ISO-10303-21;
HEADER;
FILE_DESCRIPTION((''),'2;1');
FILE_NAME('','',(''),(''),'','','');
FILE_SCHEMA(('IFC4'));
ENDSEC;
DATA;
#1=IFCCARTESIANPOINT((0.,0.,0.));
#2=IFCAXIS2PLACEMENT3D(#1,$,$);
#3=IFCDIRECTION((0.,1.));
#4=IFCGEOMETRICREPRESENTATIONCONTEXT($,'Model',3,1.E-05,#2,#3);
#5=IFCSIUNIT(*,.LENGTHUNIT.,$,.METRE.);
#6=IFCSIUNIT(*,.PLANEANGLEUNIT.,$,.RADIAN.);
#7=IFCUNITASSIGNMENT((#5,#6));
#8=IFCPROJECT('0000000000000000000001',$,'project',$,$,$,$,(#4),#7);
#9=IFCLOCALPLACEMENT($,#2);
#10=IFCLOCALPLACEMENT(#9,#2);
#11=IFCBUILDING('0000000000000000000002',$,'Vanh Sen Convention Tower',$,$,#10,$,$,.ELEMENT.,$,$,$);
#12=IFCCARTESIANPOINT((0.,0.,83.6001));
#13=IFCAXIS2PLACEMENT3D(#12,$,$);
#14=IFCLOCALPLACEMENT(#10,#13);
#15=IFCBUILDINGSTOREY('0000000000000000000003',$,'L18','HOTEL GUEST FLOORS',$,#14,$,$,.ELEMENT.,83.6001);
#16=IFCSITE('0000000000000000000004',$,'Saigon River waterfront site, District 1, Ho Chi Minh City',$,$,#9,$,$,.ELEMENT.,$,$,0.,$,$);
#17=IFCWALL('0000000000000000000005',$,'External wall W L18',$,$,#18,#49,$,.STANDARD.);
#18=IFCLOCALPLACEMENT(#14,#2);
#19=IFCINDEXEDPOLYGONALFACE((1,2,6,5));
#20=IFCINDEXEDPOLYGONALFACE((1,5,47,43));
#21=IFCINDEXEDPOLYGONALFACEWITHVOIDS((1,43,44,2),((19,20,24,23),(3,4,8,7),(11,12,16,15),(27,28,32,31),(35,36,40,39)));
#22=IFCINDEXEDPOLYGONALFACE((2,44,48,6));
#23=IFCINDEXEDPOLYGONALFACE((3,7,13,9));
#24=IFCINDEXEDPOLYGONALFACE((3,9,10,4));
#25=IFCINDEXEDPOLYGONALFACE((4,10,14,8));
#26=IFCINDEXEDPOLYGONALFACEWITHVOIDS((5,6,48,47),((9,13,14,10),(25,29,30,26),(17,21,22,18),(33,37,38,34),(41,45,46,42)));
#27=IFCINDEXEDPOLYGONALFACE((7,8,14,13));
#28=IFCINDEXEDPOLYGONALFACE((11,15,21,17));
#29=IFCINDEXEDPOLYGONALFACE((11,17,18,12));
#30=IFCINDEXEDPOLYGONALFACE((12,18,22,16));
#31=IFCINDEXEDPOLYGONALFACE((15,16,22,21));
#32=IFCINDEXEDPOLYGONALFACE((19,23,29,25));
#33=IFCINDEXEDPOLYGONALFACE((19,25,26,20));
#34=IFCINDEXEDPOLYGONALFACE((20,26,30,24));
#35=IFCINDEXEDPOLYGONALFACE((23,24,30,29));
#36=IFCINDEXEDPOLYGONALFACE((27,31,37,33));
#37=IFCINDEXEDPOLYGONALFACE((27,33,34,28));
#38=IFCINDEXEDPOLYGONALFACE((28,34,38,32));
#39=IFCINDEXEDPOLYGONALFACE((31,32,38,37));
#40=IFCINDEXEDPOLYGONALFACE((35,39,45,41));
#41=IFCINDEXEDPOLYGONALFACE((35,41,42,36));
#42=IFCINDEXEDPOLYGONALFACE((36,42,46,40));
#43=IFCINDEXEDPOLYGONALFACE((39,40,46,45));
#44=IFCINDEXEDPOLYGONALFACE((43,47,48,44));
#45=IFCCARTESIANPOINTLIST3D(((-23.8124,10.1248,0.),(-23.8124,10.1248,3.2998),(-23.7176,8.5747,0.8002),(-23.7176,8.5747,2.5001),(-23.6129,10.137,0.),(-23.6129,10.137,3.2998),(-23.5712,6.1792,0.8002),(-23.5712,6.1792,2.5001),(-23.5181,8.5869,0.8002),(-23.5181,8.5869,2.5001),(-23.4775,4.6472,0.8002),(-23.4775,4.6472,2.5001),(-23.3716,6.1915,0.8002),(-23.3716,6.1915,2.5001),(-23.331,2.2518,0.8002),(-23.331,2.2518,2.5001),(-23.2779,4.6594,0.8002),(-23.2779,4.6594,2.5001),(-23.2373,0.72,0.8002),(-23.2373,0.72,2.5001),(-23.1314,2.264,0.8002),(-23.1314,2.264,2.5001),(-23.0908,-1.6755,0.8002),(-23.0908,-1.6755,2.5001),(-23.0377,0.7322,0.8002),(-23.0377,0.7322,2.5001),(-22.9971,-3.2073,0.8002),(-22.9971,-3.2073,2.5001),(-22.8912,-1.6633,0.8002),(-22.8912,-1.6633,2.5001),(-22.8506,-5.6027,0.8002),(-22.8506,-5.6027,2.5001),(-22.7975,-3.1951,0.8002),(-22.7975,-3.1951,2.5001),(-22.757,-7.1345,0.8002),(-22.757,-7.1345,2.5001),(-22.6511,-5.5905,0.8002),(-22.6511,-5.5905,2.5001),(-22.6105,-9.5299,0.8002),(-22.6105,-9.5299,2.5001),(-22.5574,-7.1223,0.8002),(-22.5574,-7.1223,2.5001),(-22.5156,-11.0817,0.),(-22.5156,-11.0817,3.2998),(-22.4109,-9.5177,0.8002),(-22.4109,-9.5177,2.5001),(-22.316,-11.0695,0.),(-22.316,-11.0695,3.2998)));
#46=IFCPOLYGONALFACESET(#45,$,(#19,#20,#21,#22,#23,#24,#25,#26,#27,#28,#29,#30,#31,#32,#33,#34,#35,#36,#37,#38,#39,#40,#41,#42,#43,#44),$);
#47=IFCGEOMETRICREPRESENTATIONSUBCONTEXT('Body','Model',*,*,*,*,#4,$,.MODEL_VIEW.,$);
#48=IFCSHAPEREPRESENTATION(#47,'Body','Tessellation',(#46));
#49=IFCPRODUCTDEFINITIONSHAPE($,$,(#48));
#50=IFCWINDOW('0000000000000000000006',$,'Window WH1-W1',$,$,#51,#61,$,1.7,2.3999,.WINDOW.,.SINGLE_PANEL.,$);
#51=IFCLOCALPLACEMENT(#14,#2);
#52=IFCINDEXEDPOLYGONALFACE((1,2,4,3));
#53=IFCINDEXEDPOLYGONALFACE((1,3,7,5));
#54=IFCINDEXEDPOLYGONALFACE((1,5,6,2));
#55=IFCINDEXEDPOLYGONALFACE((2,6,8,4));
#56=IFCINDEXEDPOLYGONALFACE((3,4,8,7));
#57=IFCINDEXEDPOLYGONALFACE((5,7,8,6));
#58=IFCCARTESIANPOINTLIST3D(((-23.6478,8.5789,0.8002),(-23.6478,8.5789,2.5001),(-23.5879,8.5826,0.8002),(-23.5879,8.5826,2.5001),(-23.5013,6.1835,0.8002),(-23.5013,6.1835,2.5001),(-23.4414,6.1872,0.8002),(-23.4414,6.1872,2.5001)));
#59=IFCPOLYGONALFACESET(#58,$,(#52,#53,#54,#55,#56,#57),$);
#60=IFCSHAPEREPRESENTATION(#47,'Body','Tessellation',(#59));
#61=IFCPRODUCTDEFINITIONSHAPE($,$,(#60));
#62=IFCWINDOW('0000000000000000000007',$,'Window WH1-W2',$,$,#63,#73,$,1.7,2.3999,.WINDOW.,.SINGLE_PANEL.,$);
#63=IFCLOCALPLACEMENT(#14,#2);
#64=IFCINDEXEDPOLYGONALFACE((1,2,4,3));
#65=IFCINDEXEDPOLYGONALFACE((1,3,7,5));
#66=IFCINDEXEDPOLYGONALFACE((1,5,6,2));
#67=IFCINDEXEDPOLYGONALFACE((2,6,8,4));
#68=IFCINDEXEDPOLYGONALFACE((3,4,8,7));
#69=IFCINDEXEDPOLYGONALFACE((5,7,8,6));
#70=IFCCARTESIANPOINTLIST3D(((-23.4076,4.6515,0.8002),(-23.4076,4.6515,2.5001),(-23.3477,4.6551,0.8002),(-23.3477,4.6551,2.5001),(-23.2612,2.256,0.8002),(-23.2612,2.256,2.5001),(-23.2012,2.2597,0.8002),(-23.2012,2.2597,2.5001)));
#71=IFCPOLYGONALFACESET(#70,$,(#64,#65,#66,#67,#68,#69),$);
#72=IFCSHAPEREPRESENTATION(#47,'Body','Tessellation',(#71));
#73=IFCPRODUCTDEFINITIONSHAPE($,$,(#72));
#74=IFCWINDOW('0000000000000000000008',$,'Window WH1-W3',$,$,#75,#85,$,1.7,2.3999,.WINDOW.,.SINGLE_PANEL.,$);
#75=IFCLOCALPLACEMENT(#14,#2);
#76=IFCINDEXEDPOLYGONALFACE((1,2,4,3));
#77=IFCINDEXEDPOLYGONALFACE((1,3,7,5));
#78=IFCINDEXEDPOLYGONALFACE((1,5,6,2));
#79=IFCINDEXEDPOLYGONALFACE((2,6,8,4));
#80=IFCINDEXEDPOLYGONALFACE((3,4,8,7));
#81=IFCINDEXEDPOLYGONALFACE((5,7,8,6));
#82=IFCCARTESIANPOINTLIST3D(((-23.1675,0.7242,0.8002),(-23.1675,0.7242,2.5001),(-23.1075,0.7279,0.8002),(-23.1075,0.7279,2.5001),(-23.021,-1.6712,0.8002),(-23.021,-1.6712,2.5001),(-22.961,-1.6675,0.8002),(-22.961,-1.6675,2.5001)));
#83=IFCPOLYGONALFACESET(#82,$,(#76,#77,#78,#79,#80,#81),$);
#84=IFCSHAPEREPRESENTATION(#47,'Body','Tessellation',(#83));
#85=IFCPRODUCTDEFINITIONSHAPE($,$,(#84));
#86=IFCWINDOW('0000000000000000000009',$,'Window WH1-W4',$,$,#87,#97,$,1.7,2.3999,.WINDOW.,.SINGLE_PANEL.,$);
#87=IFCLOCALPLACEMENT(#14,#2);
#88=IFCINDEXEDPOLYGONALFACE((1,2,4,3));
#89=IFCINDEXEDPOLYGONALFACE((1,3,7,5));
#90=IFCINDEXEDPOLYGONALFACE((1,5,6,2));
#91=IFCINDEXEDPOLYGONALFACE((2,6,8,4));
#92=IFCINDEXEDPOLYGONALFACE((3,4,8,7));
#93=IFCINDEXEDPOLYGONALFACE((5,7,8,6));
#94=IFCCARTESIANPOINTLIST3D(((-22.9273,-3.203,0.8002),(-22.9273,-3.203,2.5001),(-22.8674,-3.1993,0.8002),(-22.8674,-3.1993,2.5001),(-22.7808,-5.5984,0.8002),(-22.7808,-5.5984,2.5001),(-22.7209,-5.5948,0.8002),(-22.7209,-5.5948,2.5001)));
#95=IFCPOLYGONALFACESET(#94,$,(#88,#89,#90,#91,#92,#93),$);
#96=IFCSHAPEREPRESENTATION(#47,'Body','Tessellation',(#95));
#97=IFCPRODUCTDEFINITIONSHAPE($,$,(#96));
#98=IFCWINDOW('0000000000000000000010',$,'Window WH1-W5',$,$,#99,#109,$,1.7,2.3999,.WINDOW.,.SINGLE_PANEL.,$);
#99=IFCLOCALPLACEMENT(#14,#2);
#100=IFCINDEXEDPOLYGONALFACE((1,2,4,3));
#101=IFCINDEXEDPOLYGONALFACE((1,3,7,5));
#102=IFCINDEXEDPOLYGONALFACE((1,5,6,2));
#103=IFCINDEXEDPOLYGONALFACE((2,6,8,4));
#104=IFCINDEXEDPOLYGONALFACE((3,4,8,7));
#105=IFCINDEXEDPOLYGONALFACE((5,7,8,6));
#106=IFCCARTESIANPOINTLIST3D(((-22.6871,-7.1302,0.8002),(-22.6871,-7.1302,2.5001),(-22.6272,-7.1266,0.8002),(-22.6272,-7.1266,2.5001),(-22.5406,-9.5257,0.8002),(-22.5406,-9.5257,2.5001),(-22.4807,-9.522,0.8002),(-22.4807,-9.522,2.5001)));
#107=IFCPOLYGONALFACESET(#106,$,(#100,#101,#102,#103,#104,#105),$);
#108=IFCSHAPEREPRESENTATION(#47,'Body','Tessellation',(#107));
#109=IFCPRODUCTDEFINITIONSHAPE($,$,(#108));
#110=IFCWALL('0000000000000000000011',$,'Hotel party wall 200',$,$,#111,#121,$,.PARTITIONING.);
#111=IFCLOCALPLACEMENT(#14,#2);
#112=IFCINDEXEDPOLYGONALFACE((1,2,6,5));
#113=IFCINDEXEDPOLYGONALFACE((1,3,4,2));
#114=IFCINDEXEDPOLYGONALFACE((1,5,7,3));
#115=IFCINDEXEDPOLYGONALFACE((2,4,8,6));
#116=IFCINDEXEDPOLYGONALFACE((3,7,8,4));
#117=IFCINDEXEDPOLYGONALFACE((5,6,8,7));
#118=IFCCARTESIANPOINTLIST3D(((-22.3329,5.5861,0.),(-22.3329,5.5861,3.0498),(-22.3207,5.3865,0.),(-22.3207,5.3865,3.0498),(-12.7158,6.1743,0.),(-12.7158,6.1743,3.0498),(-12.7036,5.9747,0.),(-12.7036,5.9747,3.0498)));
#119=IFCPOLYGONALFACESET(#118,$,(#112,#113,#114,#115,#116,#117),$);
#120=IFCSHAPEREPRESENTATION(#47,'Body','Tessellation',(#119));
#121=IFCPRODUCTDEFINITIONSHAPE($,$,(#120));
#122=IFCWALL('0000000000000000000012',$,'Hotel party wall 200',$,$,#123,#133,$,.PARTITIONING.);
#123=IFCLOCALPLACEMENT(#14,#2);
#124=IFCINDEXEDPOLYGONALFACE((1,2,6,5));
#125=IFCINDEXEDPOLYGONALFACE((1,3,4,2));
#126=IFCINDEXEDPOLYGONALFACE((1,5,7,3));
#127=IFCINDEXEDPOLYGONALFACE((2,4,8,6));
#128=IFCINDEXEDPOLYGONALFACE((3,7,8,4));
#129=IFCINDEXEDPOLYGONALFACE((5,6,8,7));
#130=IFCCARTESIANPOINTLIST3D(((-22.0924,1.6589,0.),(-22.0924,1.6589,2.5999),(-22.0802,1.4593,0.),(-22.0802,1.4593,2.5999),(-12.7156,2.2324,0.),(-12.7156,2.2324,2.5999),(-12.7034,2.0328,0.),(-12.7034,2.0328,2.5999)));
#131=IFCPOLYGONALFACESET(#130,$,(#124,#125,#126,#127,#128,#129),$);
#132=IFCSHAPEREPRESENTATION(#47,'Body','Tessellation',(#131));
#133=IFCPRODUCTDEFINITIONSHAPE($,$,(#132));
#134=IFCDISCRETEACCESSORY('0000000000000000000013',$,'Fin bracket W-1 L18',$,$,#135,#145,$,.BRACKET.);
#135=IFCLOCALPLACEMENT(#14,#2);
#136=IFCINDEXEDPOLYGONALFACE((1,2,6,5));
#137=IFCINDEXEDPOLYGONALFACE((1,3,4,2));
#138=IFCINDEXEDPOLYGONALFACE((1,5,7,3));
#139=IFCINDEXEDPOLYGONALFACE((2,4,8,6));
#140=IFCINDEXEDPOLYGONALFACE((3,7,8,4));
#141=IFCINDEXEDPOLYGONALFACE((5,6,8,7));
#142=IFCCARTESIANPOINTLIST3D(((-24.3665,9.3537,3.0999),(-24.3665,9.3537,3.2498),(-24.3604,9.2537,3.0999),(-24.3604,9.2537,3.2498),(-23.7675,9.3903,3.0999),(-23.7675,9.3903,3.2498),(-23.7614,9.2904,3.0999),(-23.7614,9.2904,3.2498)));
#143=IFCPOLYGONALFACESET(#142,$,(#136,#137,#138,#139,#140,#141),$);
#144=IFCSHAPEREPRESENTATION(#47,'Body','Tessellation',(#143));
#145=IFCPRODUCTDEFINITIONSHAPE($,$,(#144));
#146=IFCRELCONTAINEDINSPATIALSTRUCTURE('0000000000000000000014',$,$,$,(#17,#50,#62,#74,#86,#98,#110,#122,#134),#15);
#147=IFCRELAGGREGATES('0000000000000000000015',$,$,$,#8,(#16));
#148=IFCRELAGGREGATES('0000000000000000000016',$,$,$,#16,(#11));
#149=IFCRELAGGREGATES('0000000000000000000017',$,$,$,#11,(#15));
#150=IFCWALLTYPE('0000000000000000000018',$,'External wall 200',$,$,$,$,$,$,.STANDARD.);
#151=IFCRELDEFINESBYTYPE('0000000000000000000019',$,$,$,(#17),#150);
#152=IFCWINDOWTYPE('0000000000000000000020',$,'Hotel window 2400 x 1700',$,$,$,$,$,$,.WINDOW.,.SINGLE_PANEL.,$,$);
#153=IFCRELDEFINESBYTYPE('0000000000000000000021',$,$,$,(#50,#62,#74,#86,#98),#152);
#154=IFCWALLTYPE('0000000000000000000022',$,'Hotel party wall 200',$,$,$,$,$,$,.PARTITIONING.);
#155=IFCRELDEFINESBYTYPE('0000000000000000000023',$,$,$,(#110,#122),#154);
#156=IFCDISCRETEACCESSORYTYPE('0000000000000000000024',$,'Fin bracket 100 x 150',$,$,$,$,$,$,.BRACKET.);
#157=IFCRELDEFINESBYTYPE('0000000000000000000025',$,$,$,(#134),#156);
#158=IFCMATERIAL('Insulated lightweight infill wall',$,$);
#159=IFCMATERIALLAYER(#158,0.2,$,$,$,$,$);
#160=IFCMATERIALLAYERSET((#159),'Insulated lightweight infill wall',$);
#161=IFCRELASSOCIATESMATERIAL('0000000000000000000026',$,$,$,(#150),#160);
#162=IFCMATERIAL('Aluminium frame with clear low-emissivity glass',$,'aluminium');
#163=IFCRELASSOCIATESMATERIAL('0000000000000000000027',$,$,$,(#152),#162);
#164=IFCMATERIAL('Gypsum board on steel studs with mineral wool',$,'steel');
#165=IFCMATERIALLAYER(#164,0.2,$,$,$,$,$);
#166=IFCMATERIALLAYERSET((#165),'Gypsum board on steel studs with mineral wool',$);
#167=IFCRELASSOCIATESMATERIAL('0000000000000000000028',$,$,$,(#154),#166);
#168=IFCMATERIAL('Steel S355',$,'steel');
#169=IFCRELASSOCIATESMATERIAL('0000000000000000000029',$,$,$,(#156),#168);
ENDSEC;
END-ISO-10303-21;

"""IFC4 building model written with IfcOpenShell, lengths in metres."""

from ifc_helpers import new_model, si_unit, direction, frame, frame_2d, origin, origin_2d, place, context, subcontext, project, spatial, rectangle, extrude, material, layer, layer_set, type_object, element, fill, save


model = new_model("IFC4")

# Units and contexts
model_context = context("Model", 3, precision=1e-05, world=origin(), true_north=direction((0.0, 1.0)))
body_context = subcontext(model_context, "Body", "Model", "MODEL_VIEW")
ifc_project = project(units=[si_unit("LENGTHUNIT", "METRE"), si_unit("PLANEANGLEUNIT", "RADIAN")], contexts=[model_context])

# Site, building, storey
site_placement = place(None, origin())
site = spatial("IfcSite", under=ifc_project, at=site_placement, Name="Saigon River waterfront site, District 1, Ho Chi Minh City", CompositionType="ELEMENT", RefElevation=0.0)
building_placement = place(site_placement, origin())
building = spatial("IfcBuilding", under=site, at=building_placement, Name="Vanh Sen Convention Tower", CompositionType="ELEMENT")
storey_placement = place(building_placement, frame((0.0, 0.0, 83.6001)))
storey = spatial("IfcBuildingStorey", under=building, at=storey_placement, Name="L18", Description="HOTEL GUEST FLOORS", CompositionType="ELEMENT", Elevation=83.6001)

# Shared definitions
ifc_material_1 = material(Name="Gypsum board on steel studs with mineral wool", Category="steel")

# Wall, openings, windows
ifc_material_2 = material(Name="Insulated lightweight infill wall")
ifc_layer_1 = layer(ifc_material_2, 0.2)
ifc_layer_set_1 = layer_set([ifc_layer_1], Name="Insulated lightweight infill wall")
wall_type_1 = type_object("IfcWallType", Name="External wall 200", PredefinedType="STANDARD", material=ifc_layer_set_1)
wall_1_placement = place(storey_placement, frame((-23.7126, 10.1309, 0.0), z_axis=(0.0, 0.0, 1.0), x_axis=(0.06104, -0.998135, 0.0)))
wall_1 = element("IfcWall", 1, at=wall_1_placement, inside=storey, type_object=wall_type_1, Name="External wall W L18", PredefinedType="STANDARD", context=body_context, shape_type="SweptSolid", body=[
    extrude(rectangle(XDim=21.2461, YDim=0.2, at=frame_2d((10.623, 0.0))), origin(), (0.0, 0.0, 1.0), 3.2998),
])
opening_1_placement = place(wall_1_placement, frame((1.553, 0.0, 0.8)))
opening_1 = element("IfcOpeningElement", 2, at=opening_1_placement, cuts=wall_1, PredefinedType="OPENING", context=body_context, shape_type="SweptSolid", body=[
    extrude(rectangle(XDim=2.3999, YDim=1.7, at=frame_2d((1.2, 0.8501))), frame((0.0, 0.1099, 0.0), z_axis=(0.0, -1.0, 0.0), x_axis=(1.0, 0.0, 0.0)), (0.0, 0.0, 1.0), 0.22),
])
opening_2_placement = place(wall_1_placement, frame((5.4878, 0.0, 0.8)))
opening_2 = element("IfcOpeningElement", 3, at=opening_2_placement, cuts=wall_1, PredefinedType="OPENING", context=body_context, shape_type="SweptSolid", body=[
    extrude(rectangle(XDim=2.3999, YDim=1.7, at=frame_2d((1.2, 0.8501))), frame((0.0, 0.1099, 0.0), z_axis=(0.0, -1.0, 0.0), x_axis=(1.0, 0.0, 0.0)), (0.0, 0.0, 1.0), 0.22),
])
opening_3_placement = place(wall_1_placement, frame((9.4224, 0.0, 0.8)))
opening_3 = element("IfcOpeningElement", 4, at=opening_3_placement, cuts=wall_1, PredefinedType="OPENING", context=body_context, shape_type="SweptSolid", body=[
    extrude(rectangle(XDim=2.3999, YDim=1.7, at=frame_2d((1.2, 0.8501))), frame((0.0, 0.1099, 0.0), z_axis=(0.0, -1.0, 0.0), x_axis=(1.0, 0.0, 0.0)), (0.0, 0.0, 1.0), 0.22),
])
opening_4_placement = place(wall_1_placement, frame((13.3569, 0.0, 0.8)))
opening_4 = element("IfcOpeningElement", 5, at=opening_4_placement, cuts=wall_1, PredefinedType="OPENING", context=body_context, shape_type="SweptSolid", body=[
    extrude(rectangle(XDim=2.3999, YDim=1.7, at=frame_2d((1.2, 0.8501))), frame((0.0, 0.1099, 0.0), z_axis=(0.0, -1.0, 0.0), x_axis=(1.0, 0.0, 0.0)), (0.0, 0.0, 1.0), 0.22),
])
opening_5_placement = place(wall_1_placement, frame((17.2915, 0.0, 0.8)))
opening_5 = element("IfcOpeningElement", 6, at=opening_5_placement, cuts=wall_1, PredefinedType="OPENING", context=body_context, shape_type="SweptSolid", body=[
    extrude(rectangle(XDim=2.3999, YDim=1.7, at=frame_2d((1.2, 0.8501))), frame((0.0, 0.1099, 0.0), z_axis=(0.0, -1.0, 0.0), x_axis=(1.0, 0.0, 0.0)), (0.0, 0.0, 1.0), 0.22),
])
ifc_material_3 = material(Name="Aluminium frame with clear low-emissivity glass", Category="aluminium")
window_type = type_object("IfcWindowType", Name="Hotel window 2400 x 1700", PartitioningType="SINGLE_PANEL", PredefinedType="WINDOW", material=ifc_material_3)
window_1_placement = place(opening_1_placement, origin())
window_1 = element("IfcWindow", 7, at=window_1_placement, inside=storey, type_object=window_type, Name="Window WH1-W1", OverallHeight=1.7, OverallWidth=2.3999, PartitioningType="SINGLE_PANEL", PredefinedType="WINDOW", context=body_context, shape_type="SweptSolid", body=[
    extrude(rectangle(XDim=2.3999, YDim=1.7, at=frame_2d((1.2, 0.8501))), frame((0.0, 0.03, 0.0), z_axis=(0.0, -1.0, 0.0), x_axis=(1.0, 0.0, 0.0)), (0.0, 0.0, 1.0), 0.0601),
])
fill(opening_1, window_1)
window_2_placement = place(opening_2_placement, origin())
window_2 = element("IfcWindow", 8, at=window_2_placement, inside=storey, type_object=window_type, Name="Window WH1-W2", OverallHeight=1.7, OverallWidth=2.3999, PartitioningType="SINGLE_PANEL", PredefinedType="WINDOW", context=body_context, shape_type="SweptSolid", body=[
    extrude(rectangle(XDim=2.3999, YDim=1.7, at=frame_2d((1.2, 0.8501))), frame((0.0, 0.03, 0.0), z_axis=(0.0, -1.0, 0.0), x_axis=(1.0, 0.0, 0.0)), (0.0, 0.0, 1.0), 0.0601),
])
fill(opening_2, window_2)
window_3_placement = place(opening_3_placement, origin())
window_3 = element("IfcWindow", 9, at=window_3_placement, inside=storey, type_object=window_type, Name="Window WH1-W3", OverallHeight=1.7, OverallWidth=2.3999, PartitioningType="SINGLE_PANEL", PredefinedType="WINDOW", context=body_context, shape_type="SweptSolid", body=[
    extrude(rectangle(XDim=2.3999, YDim=1.7, at=frame_2d((1.2, 0.8501))), frame((0.0, 0.03, 0.0), z_axis=(0.0, -1.0, 0.0), x_axis=(1.0, 0.0, 0.0)), (0.0, 0.0, 1.0), 0.0601),
])
fill(opening_3, window_3)
window_4_placement = place(opening_4_placement, origin())
window_4 = element("IfcWindow", 10, at=window_4_placement, inside=storey, type_object=window_type, Name="Window WH1-W4", OverallHeight=1.7, OverallWidth=2.3999, PartitioningType="SINGLE_PANEL", PredefinedType="WINDOW", context=body_context, shape_type="SweptSolid", body=[
    extrude(rectangle(XDim=2.3999, YDim=1.7, at=frame_2d((1.2, 0.8501))), frame((0.0, 0.03, 0.0), z_axis=(0.0, -1.0, 0.0), x_axis=(1.0, 0.0, 0.0)), (0.0, 0.0, 1.0), 0.0601),
])
fill(opening_4, window_4)
window_5_placement = place(opening_5_placement, origin())
window_5 = element("IfcWindow", 11, at=window_5_placement, inside=storey, type_object=window_type, Name="Window WH1-W5", OverallHeight=1.7, OverallWidth=2.3999, PartitioningType="SINGLE_PANEL", PredefinedType="WINDOW", context=body_context, shape_type="SweptSolid", body=[
    extrude(rectangle(XDim=2.3999, YDim=1.7, at=frame_2d((1.2, 0.8501))), frame((0.0, 0.03, 0.0), z_axis=(0.0, -1.0, 0.0), x_axis=(1.0, 0.0, 0.0)), (0.0, 0.0, 1.0), 0.0601),
])
fill(opening_5, window_5)

# Walls
ifc_layer_2 = layer(ifc_material_1, 0.2)
ifc_layer_set_2 = layer_set([ifc_layer_2], Name="Gypsum board on steel studs with mineral wool")
wall_type_2 = type_object("IfcWallType", Name="Hotel party wall 200", PredefinedType="PARTITIONING", material=ifc_layer_set_2)
wall_2_placement = place(storey_placement, frame((-22.3267, 5.4863, 0.0), z_axis=(0.0, 0.0, 1.0), x_axis=(0.998135, 0.061042, 0.0)))
element("IfcWall", 12, at=wall_2_placement, inside=storey, type_object=wall_type_2, Name="Hotel party wall 200", PredefinedType="PARTITIONING", context=body_context, shape_type="SweptSolid", body=[
    extrude(rectangle(XDim=9.635, YDim=0.2, at=frame_2d((4.8174, 0.0))), origin(), (0.0, 0.0, 1.0), 3.0498),
])
wall_3_placement = place(storey_placement, frame((-22.0864, 1.5591, 0.0), z_axis=(0.0, 0.0, 1.0), x_axis=(0.998135, 0.061047, 0.0)))
element("IfcWall", 13, at=wall_3_placement, inside=storey, type_object=wall_type_2, Name="Hotel party wall 200", PredefinedType="PARTITIONING", context=body_context, shape_type="SweptSolid", body=[
    extrude(rectangle(XDim=9.3943, YDim=0.2, at=frame_2d((4.6973, 0.0))), origin(), (0.0, 0.0, 1.0), 2.5999),
])

# Discrete accessory
ifc_material_4 = material(Name="Steel S355", Category="steel")
discrete_accessory_type = type_object("IfcDiscreteAccessoryType", Name="Fin bracket 100 x 150", PredefinedType="BRACKET", material=ifc_material_4)
discrete_accessory_placement = place(storey_placement, frame((-24.064, 9.322, 3.0999), z_axis=(0.0, 0.0, 1.0), x_axis=(-0.998135, -0.061049, 0.0)))
element("IfcDiscreteAccessory", 14, at=discrete_accessory_placement, inside=storey, type_object=discrete_accessory_type, Name="Fin bracket W-1 L18", PredefinedType="BRACKET", context=body_context, shape_type="SweptSolid", body=[
    extrude(rectangle(XDim=0.6001, YDim=0.1001, at=origin_2d()), origin(), (0.0, 0.0, 1.0), 0.1499),
])

save(model, "model.ifc")
